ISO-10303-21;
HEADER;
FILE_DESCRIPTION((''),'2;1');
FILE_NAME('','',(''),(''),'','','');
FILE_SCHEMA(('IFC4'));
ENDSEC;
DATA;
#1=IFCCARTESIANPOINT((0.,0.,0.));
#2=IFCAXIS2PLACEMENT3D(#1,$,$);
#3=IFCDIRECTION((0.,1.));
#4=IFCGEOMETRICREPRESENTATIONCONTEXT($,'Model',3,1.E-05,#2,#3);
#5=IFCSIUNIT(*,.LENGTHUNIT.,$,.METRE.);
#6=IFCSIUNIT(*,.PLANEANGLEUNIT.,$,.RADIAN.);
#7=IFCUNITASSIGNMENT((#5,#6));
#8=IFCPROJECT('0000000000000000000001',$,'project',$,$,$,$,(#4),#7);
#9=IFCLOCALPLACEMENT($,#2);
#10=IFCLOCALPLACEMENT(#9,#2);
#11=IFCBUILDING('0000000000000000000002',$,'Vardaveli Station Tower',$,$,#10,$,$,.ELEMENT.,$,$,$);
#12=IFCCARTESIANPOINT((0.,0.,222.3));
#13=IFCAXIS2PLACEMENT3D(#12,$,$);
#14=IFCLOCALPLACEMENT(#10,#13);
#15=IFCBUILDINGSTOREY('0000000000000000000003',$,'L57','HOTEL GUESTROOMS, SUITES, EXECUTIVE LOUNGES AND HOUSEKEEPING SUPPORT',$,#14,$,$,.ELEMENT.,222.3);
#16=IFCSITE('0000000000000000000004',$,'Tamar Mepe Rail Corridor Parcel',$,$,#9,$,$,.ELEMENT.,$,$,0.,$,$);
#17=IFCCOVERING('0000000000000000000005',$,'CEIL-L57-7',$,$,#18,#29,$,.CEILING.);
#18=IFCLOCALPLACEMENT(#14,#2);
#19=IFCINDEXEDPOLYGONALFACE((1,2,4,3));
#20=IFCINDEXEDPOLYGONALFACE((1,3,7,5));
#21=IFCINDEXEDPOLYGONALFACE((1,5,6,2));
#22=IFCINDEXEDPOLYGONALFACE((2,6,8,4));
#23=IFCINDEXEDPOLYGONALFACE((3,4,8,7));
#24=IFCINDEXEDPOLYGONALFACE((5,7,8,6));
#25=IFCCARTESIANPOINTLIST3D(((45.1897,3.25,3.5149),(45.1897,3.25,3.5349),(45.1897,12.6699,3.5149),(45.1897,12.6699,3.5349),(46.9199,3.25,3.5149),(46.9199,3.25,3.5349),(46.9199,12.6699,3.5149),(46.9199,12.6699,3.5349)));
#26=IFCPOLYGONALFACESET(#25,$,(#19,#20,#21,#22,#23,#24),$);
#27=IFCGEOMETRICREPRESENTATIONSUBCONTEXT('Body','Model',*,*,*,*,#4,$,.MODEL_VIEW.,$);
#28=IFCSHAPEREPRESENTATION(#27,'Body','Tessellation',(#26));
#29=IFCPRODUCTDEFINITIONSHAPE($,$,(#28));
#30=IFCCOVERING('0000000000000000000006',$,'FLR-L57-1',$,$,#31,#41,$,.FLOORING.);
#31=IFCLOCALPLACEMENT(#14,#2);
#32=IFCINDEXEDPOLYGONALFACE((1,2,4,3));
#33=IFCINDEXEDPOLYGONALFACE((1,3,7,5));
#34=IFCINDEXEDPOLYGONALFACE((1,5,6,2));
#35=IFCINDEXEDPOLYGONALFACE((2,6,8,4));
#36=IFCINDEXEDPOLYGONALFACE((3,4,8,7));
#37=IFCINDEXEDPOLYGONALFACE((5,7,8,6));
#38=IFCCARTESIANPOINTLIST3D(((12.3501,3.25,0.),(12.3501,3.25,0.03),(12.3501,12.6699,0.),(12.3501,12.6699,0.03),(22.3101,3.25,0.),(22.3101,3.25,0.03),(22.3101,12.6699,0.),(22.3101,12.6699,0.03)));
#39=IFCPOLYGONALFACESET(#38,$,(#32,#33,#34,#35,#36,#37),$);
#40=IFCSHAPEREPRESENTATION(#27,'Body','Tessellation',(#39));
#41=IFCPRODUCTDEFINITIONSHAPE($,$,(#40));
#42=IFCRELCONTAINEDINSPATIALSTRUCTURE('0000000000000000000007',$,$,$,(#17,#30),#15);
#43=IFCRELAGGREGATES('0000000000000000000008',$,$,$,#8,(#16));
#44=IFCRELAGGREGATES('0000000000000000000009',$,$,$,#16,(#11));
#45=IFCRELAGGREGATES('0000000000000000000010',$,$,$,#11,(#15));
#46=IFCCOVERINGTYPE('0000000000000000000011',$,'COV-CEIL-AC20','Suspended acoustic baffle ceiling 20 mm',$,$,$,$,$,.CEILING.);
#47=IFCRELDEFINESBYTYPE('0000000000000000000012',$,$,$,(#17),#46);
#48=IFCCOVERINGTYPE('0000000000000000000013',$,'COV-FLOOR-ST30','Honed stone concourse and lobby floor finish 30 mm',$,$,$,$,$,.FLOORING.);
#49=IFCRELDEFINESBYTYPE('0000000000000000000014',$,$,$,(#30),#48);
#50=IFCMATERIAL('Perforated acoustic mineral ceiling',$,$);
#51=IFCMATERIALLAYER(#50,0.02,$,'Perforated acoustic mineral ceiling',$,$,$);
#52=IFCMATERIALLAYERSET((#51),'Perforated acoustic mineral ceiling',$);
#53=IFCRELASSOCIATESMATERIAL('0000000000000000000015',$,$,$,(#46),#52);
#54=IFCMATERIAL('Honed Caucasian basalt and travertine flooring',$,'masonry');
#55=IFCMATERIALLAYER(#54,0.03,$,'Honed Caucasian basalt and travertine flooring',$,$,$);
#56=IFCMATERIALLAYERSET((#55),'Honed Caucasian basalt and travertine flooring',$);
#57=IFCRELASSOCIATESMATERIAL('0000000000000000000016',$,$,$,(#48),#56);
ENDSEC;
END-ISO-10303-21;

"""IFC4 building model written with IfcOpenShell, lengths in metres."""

from ifc_helpers import new_model, si_unit, direction, frame, origin, place, context, subcontext, project, spatial, polyline, outline, extrude, material, layer, layer_set, type_object, element, save


model = new_model("IFC4")

# Units and contexts
model_context = context("Model", 3, precision=1e-05, world=origin(), true_north=direction((0.0, 1.0)))
body_context = subcontext(model_context, "Body", "Model", "MODEL_VIEW")
ifc_project = project(units=[si_unit("LENGTHUNIT", "METRE"), si_unit("PLANEANGLEUNIT", "RADIAN")], contexts=[model_context])

# Site, building, storey
site_placement = place(None, origin())
site = spatial("IfcSite", under=ifc_project, at=site_placement, Name="Tamar Mepe Rail Corridor Parcel", CompositionType="ELEMENT", RefElevation=0.0)
building_placement = place(site_placement, origin())
building = spatial("IfcBuilding", under=site, at=building_placement, Name="Vardaveli Station Tower", CompositionType="ELEMENT")
storey_placement = place(building_placement, frame((0.0, 0.0, 222.3)))
storey = spatial("IfcBuildingStorey", under=building, at=storey_placement, Name="L57", Description="HOTEL GUESTROOMS, SUITES, EXECUTIVE LOUNGES AND HOUSEKEEPING SUPPORT", CompositionType="ELEMENT", Elevation=222.3)

# Coverings
ifc_material_1 = material(Name="Perforated acoustic mineral ceiling")
ifc_layer_1 = layer(ifc_material_1, 0.02, Name="Perforated acoustic mineral ceiling")
ifc_layer_set_1 = layer_set([ifc_layer_1], Name="Perforated acoustic mineral ceiling")
covering_type_1 = type_object("IfcCoveringType", Name="COV-CEIL-AC20", Description="Suspended acoustic baffle ceiling 20 mm", PredefinedType="CEILING", material=ifc_layer_set_1)
covering_1_placement = place(storey_placement, frame((0.0, 0.0, 3.5149)))
element("IfcCovering", 1, at=covering_1_placement, inside=storey, type_object=covering_type_1, Name="CEIL-L57-7", PredefinedType="CEILING", context=body_context, shape_type="SweptSolid", body=[
    extrude(outline(polyline([(45.1897, 3.25), (46.9199, 3.25), (46.9199, 12.6699), (45.1897, 12.6699), (45.1897, 3.25)])), origin(), (0.0, 0.0, 1.0), 0.02),
])
ifc_material_2 = material(Name="Honed Caucasian basalt and travertine flooring", Category="masonry")
ifc_layer_2 = layer(ifc_material_2, 0.03, Name="Honed Caucasian basalt and travertine flooring")
ifc_layer_set_2 = layer_set([ifc_layer_2], Name="Honed Caucasian basalt and travertine flooring")
covering_type_2 = type_object("IfcCoveringType", Name="COV-FLOOR-ST30", Description="Honed stone concourse and lobby floor finish 30 mm", PredefinedType="FLOORING", material=ifc_layer_set_2)
covering_2_placement = place(storey_placement, origin())
element("IfcCovering", 2, at=covering_2_placement, inside=storey, type_object=covering_type_2, Name="FLR-L57-1", PredefinedType="FLOORING", context=body_context, shape_type="SweptSolid", body=[
    extrude(outline(polyline([(12.3501, 3.25), (22.3101, 3.25), (22.3101, 12.6699), (12.3501, 12.6699), (12.3501, 3.25)])), origin(), (0.0, 0.0, 1.0), 0.03),
])

save(model, "model.ifc")
